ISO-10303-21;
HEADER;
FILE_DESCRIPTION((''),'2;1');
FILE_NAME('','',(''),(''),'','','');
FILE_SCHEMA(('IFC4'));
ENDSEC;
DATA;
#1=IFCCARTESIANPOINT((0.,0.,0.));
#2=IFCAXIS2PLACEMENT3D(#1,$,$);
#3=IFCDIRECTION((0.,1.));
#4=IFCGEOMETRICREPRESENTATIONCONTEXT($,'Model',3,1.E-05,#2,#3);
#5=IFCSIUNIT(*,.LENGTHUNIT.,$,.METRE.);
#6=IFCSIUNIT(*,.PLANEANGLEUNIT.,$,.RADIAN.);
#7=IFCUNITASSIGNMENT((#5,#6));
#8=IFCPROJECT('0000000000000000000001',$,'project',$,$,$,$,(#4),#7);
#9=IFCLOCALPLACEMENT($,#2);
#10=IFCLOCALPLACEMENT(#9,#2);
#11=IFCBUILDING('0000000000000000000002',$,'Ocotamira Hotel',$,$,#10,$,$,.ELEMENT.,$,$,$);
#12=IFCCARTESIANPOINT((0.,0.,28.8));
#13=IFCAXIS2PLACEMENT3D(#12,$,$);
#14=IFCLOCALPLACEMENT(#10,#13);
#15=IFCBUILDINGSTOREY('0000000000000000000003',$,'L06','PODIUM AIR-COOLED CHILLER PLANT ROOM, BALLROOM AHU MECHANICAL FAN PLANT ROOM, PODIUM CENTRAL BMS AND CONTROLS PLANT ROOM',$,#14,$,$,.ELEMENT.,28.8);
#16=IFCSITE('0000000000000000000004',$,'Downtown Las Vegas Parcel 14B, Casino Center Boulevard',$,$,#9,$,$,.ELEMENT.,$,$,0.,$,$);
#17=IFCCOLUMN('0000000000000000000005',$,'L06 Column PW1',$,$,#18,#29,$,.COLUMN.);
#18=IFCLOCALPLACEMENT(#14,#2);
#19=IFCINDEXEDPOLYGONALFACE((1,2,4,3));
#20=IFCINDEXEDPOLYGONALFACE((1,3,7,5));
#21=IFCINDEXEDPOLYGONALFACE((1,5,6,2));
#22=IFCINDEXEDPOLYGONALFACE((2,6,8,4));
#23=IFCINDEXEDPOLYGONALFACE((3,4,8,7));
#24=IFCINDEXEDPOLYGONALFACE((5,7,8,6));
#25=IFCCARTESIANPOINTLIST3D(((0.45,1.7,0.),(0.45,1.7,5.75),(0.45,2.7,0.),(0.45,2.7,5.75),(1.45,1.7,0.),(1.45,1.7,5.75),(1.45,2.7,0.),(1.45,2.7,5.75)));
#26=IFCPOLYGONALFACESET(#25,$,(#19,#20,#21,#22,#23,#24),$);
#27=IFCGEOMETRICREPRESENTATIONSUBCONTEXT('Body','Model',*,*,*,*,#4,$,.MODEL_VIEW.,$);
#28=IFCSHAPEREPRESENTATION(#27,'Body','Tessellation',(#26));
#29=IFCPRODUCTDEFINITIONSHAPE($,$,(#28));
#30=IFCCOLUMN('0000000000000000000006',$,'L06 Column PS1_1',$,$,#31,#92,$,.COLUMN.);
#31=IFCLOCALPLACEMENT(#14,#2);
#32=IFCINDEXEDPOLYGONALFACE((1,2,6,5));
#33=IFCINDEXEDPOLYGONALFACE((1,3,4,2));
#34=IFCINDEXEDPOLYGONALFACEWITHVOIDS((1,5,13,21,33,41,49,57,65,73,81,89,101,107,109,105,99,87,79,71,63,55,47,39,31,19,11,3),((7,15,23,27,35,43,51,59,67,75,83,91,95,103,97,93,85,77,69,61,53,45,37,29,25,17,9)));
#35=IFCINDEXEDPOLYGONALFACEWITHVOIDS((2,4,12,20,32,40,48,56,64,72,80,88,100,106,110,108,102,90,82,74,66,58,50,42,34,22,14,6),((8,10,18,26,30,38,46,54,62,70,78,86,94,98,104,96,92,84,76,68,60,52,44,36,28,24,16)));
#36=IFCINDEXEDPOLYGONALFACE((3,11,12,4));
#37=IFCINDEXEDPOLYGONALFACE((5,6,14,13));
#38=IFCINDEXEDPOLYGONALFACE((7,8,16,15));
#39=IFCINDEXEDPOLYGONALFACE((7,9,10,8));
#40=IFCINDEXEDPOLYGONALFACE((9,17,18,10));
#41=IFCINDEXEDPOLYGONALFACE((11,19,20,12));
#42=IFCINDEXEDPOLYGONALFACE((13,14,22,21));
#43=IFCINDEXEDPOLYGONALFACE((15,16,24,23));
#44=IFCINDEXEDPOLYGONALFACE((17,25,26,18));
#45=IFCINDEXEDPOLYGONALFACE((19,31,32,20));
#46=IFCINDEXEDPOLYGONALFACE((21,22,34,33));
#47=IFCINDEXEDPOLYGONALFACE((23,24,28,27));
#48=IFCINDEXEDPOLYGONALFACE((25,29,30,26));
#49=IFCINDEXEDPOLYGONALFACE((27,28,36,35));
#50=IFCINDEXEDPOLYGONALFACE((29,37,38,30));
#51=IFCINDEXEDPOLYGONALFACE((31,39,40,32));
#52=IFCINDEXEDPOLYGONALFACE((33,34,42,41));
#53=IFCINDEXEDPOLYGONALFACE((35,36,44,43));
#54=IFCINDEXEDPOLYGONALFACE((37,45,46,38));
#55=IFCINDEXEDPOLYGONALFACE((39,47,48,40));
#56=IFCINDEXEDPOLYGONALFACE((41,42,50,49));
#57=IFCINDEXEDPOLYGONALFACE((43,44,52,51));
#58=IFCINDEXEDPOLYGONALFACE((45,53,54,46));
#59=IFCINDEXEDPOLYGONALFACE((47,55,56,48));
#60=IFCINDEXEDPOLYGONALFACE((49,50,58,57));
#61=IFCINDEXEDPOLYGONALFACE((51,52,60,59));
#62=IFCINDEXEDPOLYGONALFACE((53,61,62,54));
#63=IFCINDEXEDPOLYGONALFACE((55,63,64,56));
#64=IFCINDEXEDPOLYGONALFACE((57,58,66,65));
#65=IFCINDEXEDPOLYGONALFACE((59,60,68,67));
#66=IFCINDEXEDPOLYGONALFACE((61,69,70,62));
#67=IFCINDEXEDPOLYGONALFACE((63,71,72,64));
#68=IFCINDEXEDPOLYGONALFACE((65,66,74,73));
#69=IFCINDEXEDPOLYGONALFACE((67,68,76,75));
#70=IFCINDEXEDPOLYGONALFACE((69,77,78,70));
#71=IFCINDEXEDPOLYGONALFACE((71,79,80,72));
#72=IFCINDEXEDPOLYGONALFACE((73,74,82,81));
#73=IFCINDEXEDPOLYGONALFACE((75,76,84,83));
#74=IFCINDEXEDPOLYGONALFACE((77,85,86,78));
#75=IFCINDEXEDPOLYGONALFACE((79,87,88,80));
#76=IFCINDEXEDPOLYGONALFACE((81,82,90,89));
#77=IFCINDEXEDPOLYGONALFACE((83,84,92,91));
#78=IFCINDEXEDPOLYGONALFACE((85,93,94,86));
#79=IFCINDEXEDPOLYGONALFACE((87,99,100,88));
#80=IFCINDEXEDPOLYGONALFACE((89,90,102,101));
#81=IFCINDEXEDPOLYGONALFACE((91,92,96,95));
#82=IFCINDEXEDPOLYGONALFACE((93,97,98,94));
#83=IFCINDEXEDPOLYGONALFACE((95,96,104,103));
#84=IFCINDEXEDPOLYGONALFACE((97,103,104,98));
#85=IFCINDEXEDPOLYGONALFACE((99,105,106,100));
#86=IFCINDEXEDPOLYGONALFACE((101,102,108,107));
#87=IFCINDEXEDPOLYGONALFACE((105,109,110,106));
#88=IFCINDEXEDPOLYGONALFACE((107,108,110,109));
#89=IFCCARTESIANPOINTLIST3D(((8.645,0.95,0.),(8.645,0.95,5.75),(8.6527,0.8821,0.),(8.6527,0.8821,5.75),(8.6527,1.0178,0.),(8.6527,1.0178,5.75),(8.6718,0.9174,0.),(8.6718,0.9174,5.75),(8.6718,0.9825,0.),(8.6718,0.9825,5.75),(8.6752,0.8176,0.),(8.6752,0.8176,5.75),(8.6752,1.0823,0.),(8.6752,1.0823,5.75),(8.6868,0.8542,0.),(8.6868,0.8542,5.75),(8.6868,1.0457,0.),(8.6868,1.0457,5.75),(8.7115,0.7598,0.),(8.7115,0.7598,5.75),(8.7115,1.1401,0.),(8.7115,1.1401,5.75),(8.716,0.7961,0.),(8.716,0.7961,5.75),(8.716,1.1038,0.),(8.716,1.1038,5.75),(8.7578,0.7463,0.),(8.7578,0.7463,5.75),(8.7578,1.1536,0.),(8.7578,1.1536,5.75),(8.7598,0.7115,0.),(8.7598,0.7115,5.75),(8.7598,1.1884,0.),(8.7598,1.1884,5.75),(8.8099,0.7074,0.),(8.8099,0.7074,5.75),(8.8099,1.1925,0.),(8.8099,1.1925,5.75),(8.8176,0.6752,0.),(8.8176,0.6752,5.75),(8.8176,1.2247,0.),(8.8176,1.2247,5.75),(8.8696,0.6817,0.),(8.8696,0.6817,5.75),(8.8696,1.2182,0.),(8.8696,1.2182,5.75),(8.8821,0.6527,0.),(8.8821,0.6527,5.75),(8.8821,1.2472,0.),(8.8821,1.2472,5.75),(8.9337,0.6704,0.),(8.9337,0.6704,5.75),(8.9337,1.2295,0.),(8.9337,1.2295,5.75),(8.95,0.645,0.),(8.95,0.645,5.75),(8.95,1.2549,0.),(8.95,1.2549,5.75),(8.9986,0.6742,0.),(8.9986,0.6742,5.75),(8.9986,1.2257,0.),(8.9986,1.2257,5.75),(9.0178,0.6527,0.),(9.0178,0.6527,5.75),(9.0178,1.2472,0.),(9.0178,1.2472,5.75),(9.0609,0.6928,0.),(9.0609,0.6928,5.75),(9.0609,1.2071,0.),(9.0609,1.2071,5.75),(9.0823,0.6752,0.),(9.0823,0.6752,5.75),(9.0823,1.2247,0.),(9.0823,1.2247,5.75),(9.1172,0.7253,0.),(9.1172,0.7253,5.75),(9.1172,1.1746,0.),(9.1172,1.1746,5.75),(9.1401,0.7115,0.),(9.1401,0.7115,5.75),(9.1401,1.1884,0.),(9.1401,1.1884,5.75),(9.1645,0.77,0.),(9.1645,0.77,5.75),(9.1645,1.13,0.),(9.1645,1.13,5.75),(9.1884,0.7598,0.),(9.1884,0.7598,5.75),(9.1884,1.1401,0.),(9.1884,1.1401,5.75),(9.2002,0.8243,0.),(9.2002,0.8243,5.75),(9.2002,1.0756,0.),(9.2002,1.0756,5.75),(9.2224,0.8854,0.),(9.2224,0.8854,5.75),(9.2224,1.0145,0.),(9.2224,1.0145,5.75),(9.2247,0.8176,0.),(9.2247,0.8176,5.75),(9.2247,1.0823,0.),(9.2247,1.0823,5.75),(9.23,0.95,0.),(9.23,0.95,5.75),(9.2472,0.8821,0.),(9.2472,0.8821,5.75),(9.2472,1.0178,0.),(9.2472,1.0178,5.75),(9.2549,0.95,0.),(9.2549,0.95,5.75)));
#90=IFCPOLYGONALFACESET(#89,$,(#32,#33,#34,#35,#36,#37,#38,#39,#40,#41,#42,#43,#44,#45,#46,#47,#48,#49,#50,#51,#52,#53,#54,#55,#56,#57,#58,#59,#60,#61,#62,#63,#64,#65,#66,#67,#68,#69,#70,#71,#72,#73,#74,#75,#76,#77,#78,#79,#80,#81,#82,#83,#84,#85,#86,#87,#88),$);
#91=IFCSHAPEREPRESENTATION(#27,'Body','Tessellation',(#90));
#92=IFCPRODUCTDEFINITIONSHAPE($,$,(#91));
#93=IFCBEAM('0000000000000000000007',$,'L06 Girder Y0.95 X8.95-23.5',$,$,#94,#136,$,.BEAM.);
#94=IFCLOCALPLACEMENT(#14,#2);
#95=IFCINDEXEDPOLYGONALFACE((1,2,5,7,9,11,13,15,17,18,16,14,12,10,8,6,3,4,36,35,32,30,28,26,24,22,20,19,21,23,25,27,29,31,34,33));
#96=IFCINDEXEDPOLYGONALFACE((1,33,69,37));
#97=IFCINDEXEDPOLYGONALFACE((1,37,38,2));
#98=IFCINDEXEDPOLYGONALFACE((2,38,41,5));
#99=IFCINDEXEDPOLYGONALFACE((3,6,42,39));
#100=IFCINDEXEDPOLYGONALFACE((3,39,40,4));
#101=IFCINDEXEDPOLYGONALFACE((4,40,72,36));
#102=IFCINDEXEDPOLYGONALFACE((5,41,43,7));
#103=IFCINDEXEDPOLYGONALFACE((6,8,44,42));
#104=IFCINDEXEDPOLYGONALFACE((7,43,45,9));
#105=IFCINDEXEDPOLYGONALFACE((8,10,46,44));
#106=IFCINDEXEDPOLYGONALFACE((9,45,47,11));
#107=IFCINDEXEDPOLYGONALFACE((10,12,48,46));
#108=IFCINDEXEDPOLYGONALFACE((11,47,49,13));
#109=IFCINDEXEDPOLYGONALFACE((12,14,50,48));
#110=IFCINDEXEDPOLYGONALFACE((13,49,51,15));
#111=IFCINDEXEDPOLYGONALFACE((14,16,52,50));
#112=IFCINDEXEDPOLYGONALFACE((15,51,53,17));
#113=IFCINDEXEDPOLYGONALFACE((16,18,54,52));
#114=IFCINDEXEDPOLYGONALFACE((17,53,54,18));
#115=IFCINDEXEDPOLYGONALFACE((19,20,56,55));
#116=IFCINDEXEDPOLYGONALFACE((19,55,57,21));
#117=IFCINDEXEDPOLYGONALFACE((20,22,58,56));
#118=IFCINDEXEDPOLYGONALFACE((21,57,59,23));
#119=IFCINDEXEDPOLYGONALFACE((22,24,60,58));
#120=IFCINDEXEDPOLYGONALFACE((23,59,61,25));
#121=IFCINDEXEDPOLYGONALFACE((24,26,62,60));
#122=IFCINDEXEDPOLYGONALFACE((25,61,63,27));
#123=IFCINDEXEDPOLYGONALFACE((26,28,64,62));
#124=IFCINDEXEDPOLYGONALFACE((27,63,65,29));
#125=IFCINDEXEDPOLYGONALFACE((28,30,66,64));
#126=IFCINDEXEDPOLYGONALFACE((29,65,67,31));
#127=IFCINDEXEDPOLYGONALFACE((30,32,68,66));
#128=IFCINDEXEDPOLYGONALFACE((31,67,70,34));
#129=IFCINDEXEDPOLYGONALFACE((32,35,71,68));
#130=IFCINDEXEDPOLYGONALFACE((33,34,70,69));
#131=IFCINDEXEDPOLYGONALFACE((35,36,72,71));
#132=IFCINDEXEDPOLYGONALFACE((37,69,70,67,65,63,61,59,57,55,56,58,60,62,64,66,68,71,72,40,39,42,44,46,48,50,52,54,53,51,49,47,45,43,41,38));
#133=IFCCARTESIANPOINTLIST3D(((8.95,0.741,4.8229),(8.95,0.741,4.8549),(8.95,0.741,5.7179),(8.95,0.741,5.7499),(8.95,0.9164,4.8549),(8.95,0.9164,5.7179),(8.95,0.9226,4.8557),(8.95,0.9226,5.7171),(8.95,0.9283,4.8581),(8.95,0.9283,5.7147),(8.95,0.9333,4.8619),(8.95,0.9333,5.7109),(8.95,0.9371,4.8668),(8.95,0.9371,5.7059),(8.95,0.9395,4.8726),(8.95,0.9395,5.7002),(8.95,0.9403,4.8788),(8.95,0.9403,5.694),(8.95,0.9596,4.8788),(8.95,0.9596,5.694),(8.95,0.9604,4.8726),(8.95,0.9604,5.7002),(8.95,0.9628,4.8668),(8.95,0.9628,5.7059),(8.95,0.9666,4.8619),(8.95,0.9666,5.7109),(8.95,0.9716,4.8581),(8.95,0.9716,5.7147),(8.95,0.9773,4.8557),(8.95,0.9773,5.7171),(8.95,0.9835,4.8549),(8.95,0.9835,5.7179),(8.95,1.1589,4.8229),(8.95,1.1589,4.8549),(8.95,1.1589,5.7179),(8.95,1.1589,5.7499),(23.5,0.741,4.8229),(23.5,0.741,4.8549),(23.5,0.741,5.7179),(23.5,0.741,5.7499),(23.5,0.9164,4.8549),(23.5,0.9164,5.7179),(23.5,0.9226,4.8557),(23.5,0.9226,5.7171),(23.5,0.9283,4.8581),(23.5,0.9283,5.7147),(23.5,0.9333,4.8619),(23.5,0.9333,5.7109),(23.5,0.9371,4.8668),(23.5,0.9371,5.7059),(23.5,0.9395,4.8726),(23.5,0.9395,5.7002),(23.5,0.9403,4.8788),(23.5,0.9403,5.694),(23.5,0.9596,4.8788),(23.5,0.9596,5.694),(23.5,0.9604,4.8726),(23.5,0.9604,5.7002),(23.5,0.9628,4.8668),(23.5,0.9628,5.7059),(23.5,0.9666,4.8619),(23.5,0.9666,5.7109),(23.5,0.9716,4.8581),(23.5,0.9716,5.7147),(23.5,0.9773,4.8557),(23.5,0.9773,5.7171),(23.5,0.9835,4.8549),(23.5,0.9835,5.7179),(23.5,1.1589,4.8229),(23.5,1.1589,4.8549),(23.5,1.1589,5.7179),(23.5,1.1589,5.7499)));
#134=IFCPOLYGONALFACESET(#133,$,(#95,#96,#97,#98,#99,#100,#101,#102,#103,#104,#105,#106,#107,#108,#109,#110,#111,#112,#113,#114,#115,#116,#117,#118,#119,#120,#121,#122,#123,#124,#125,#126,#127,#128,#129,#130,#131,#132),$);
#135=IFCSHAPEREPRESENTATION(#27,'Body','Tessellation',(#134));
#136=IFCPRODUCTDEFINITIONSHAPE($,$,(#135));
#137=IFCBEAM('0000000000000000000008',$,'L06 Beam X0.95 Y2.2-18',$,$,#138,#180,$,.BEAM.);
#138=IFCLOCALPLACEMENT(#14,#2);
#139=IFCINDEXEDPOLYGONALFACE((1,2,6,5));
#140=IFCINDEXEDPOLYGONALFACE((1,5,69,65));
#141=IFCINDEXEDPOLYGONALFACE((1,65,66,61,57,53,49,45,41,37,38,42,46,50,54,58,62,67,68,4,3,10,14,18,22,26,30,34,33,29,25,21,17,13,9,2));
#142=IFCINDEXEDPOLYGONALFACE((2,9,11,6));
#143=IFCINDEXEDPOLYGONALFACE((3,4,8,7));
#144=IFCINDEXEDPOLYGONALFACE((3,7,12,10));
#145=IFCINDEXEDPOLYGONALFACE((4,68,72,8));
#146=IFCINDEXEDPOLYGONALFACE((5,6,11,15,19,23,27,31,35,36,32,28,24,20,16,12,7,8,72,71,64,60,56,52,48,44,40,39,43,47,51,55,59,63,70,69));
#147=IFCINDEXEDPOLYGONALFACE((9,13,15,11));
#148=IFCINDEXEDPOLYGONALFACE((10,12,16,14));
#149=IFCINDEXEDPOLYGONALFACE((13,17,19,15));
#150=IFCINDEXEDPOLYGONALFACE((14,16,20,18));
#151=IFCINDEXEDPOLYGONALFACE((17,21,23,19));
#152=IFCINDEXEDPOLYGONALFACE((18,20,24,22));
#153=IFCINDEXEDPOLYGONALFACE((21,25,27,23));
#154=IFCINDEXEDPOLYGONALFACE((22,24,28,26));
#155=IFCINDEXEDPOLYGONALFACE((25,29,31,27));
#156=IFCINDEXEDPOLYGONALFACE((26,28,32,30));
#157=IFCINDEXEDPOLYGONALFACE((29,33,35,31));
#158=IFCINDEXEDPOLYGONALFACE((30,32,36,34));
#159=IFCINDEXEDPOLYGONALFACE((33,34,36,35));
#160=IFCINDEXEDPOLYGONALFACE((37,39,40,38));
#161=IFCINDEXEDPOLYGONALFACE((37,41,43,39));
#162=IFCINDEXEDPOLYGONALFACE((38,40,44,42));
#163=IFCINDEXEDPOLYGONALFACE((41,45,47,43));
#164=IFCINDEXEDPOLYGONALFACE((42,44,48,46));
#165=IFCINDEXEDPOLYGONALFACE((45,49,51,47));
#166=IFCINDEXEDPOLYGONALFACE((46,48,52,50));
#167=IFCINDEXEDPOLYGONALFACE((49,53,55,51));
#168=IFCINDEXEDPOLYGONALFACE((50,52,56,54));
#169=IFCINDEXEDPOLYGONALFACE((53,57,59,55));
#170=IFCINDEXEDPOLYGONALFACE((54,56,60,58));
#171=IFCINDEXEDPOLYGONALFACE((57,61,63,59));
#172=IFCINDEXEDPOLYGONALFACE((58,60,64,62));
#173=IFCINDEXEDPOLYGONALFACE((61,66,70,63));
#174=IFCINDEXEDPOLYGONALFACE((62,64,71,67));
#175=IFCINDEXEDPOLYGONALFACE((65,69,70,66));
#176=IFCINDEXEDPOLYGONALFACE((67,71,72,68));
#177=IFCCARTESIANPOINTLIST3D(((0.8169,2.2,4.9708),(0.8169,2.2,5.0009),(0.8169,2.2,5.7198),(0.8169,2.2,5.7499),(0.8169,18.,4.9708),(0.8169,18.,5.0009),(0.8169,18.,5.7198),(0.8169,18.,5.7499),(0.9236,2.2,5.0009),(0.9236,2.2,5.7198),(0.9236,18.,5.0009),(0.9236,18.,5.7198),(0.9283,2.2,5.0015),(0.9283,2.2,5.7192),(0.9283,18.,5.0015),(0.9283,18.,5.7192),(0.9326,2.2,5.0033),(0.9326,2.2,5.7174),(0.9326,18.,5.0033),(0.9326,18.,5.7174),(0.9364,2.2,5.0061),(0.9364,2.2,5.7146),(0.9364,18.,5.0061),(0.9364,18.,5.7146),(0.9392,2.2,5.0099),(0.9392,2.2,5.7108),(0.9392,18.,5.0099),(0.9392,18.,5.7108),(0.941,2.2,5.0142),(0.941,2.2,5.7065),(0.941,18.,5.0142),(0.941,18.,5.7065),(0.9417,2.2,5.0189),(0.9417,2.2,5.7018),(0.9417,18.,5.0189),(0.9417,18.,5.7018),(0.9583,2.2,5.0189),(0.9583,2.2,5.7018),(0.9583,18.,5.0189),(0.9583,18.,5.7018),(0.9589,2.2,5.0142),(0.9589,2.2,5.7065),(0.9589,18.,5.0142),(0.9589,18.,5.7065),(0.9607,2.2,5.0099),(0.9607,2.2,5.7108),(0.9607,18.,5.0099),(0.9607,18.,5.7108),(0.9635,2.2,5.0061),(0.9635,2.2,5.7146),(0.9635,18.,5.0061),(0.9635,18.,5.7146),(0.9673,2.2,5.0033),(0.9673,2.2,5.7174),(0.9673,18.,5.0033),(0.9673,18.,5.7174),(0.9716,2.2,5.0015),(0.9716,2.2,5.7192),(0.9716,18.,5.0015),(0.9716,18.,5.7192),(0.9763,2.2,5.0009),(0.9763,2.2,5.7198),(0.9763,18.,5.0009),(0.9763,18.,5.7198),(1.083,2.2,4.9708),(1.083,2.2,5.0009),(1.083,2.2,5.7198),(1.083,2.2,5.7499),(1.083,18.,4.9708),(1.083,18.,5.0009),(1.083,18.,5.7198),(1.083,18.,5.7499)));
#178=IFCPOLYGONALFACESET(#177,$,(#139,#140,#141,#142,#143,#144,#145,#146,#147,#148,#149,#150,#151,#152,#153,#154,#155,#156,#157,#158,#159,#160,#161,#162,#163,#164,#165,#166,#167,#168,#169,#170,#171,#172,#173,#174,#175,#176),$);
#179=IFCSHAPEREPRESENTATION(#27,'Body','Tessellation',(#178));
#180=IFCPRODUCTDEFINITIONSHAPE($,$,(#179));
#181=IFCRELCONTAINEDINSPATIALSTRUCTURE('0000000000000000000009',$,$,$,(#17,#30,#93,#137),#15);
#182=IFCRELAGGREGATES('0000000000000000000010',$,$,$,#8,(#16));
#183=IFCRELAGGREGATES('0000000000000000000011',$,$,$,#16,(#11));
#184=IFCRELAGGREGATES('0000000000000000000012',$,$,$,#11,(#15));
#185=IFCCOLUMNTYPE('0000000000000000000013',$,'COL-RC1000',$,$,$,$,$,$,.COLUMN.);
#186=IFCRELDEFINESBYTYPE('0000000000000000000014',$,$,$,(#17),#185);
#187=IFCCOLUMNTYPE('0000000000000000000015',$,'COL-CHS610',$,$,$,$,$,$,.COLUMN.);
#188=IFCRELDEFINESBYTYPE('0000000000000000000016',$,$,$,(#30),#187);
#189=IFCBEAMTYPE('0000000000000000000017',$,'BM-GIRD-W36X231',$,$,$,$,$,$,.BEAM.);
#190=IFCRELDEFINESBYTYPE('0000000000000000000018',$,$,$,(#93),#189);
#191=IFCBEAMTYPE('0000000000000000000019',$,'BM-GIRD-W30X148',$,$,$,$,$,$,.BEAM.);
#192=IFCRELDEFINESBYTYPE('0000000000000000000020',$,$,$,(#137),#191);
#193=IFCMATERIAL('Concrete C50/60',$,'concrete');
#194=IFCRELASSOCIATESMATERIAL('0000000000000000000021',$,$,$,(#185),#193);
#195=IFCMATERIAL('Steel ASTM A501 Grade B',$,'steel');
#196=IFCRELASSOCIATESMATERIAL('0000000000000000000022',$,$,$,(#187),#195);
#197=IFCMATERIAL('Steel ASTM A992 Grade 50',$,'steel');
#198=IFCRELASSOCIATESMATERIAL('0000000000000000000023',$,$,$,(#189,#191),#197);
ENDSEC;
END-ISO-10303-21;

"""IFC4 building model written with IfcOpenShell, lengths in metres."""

from ifc_helpers import new_model, si_unit, direction, frame, origin, origin_2d, place, context, subcontext, project, spatial, rectangle, hollow_circle, i_section, extrude, source, transform, mapped, material, material_profile, profile_set, type_object, element, save


model = new_model("IFC4")

# Units and contexts
model_context = context("Model", 3, precision=1e-05, world=origin(), true_north=direction((0.0, 1.0)))
body_context = subcontext(model_context, "Body", "Model", "MODEL_VIEW")
ifc_project = project(units=[si_unit("LENGTHUNIT", "METRE"), si_unit("PLANEANGLEUNIT", "RADIAN")], contexts=[model_context])

# Site, building, storey
site_placement = place(None, origin())
site = spatial("IfcSite", under=ifc_project, at=site_placement, Name="Downtown Las Vegas Parcel 14B, Casino Center Boulevard", CompositionType="ELEMENT", RefElevation=0.0)
building_placement = place(site_placement, origin())
building = spatial("IfcBuilding", under=site, at=building_placement, Name="Ocotamira Hotel", CompositionType="ELEMENT")
storey_placement = place(building_placement, frame((0.0, 0.0, 28.8)))
storey = spatial("IfcBuildingStorey", under=building, at=storey_placement, Name="L06", Description="PODIUM AIR-COOLED CHILLER PLANT ROOM, BALLROOM AHU MECHANICAL FAN PLANT ROOM, PODIUM CENTRAL BMS AND CONTROLS PLANT ROOM", CompositionType="ELEMENT", Elevation=28.8)

# Columns
ifc_material_1 = material(Name="Concrete C50/60", Category="concrete")
ifc_material_profile_1 = material_profile(ifc_material_1, rectangle(XDim=1.0, YDim=1.0, at=origin_2d()), Name="RC1000X1000")
ifc_profile_set_1 = profile_set([ifc_material_profile_1], Name="Concrete C50/60")
column_type_1 = type_object("IfcColumnType", Name="COL-RC1000", PredefinedType="COLUMN", material=ifc_profile_set_1)
shared_shape_1 = source(origin(), body_context, "Body", "SweptSolid", [
    extrude(rectangle(XDim=1.0, YDim=1.0, at=origin_2d()), origin(), (0.0, 0.0, 1.0), 5.75),
])
column_1_placement = place(storey_placement, frame((0.95, 2.2, 0.0), z_axis=(0.0, 0.0, 1.0), x_axis=(1.0, 0.0, 0.0)))
element("IfcColumn", 1, at=column_1_placement, inside=storey, type_object=column_type_1, Name="L06 Column PW1", PredefinedType="COLUMN", context=body_context, shape_type="MappedRepresentation", body=[
    mapped(shared_shape_1, transform((0.0, 0.0, 0.0), scale=1.0)),
])
ifc_material_2 = material(Name="Steel ASTM A501 Grade B", Category="steel")
ifc_material_profile_2 = material_profile(ifc_material_2, hollow_circle(Radius=0.3049, WallThickness=0.0249, at=origin_2d()), Name="CHS610X25")
ifc_profile_set_2 = profile_set([ifc_material_profile_2], Name="Steel ASTM A501 Grade B")
column_type_2 = type_object("IfcColumnType", Name="COL-CHS610", PredefinedType="COLUMN", material=ifc_profile_set_2)
shared_shape_2 = source(origin(), body_context, "Body", "SweptSolid", [
    extrude(hollow_circle(Radius=0.3049, WallThickness=0.0249, at=origin_2d()), origin(), (0.0, 0.0, 1.0), 5.75),
])
column_2_placement = place(storey_placement, frame((8.95, 0.95, 0.0), z_axis=(0.0, 0.0, 1.0), x_axis=(1.0, 0.0, 0.0)))
element("IfcColumn", 2, at=column_2_placement, inside=storey, type_object=column_type_2, Name="L06 Column PS1_1", PredefinedType="COLUMN", context=body_context, shape_type="MappedRepresentation", body=[
    mapped(shared_shape_2, transform((0.0, 0.0, 0.0), scale=1.0)),
])

# Beams
ifc_material_3 = material(Name="Steel ASTM A992 Grade 50", Category="steel")
ifc_material_profile_3 = material_profile(ifc_material_3, i_section(OverallWidth=0.418, OverallDepth=0.927, WebThickness=0.0193, FlangeThickness=0.032, FilletRadius=0.0239, at=origin_2d()), Name="W36X231")
ifc_profile_set_3 = profile_set([ifc_material_profile_3], Name="Steel ASTM A992 Grade 50")
beam_type_1 = type_object("IfcBeamType", Name="BM-GIRD-W36X231", PredefinedType="BEAM", material=ifc_profile_set_3)
shared_shape_3 = source(origin(), body_context, "Body", "SweptSolid", [
    extrude(i_section(OverallWidth=0.418, OverallDepth=0.927, WebThickness=0.0193, FlangeThickness=0.032, FilletRadius=0.0239, at=origin_2d()), origin(), (0.0, 0.0, 1.0), 14.55),
])
beam_1_placement = place(storey_placement, frame((8.95, 0.95, 5.2864), z_axis=(1.0, 0.0, 0.0), x_axis=(0.0, 1.0, 0.0)))
element("IfcBeam", 3, at=beam_1_placement, inside=storey, type_object=beam_type_1, Name="L06 Girder Y0.95 X8.95-23.5", PredefinedType="BEAM", context=body_context, shape_type="MappedRepresentation", body=[
    mapped(shared_shape_3, transform((0.0, 0.0, 0.0), scale=1.0)),
])
ifc_material_profile_4 = material_profile(ifc_material_3, i_section(OverallWidth=0.2661, OverallDepth=0.7791, WebThickness=0.0166, FlangeThickness=0.03, FilletRadius=0.0181, at=origin_2d()), Name="W30X148")
ifc_profile_set_4 = profile_set([ifc_material_profile_4], Name="Steel ASTM A992 Grade 50")
beam_type_2 = type_object("IfcBeamType", Name="BM-GIRD-W30X148", PredefinedType="BEAM", material=ifc_profile_set_4)
shared_shape_4 = source(origin(), body_context, "Body", "SweptSolid", [
    extrude(i_section(OverallWidth=0.2661, OverallDepth=0.7791, WebThickness=0.0166, FlangeThickness=0.03, FilletRadius=0.0181, at=origin_2d()), origin(), (0.0, 0.0, 1.0), 15.8),
])
beam_2_placement = place(storey_placement, frame((0.95, 2.2, 5.3604), z_axis=(0.0, 1.0, 0.0), x_axis=(-1.0, 0.0, 0.0)))
element("IfcBeam", 4, at=beam_2_placement, inside=storey, type_object=beam_type_2, Name="L06 Beam X0.95 Y2.2-18", PredefinedType="BEAM", context=body_context, shape_type="MappedRepresentation", body=[
    mapped(shared_shape_4, transform((0.0, 0.0, 0.0), scale=1.0)),
])

save(model, "model.ifc")
